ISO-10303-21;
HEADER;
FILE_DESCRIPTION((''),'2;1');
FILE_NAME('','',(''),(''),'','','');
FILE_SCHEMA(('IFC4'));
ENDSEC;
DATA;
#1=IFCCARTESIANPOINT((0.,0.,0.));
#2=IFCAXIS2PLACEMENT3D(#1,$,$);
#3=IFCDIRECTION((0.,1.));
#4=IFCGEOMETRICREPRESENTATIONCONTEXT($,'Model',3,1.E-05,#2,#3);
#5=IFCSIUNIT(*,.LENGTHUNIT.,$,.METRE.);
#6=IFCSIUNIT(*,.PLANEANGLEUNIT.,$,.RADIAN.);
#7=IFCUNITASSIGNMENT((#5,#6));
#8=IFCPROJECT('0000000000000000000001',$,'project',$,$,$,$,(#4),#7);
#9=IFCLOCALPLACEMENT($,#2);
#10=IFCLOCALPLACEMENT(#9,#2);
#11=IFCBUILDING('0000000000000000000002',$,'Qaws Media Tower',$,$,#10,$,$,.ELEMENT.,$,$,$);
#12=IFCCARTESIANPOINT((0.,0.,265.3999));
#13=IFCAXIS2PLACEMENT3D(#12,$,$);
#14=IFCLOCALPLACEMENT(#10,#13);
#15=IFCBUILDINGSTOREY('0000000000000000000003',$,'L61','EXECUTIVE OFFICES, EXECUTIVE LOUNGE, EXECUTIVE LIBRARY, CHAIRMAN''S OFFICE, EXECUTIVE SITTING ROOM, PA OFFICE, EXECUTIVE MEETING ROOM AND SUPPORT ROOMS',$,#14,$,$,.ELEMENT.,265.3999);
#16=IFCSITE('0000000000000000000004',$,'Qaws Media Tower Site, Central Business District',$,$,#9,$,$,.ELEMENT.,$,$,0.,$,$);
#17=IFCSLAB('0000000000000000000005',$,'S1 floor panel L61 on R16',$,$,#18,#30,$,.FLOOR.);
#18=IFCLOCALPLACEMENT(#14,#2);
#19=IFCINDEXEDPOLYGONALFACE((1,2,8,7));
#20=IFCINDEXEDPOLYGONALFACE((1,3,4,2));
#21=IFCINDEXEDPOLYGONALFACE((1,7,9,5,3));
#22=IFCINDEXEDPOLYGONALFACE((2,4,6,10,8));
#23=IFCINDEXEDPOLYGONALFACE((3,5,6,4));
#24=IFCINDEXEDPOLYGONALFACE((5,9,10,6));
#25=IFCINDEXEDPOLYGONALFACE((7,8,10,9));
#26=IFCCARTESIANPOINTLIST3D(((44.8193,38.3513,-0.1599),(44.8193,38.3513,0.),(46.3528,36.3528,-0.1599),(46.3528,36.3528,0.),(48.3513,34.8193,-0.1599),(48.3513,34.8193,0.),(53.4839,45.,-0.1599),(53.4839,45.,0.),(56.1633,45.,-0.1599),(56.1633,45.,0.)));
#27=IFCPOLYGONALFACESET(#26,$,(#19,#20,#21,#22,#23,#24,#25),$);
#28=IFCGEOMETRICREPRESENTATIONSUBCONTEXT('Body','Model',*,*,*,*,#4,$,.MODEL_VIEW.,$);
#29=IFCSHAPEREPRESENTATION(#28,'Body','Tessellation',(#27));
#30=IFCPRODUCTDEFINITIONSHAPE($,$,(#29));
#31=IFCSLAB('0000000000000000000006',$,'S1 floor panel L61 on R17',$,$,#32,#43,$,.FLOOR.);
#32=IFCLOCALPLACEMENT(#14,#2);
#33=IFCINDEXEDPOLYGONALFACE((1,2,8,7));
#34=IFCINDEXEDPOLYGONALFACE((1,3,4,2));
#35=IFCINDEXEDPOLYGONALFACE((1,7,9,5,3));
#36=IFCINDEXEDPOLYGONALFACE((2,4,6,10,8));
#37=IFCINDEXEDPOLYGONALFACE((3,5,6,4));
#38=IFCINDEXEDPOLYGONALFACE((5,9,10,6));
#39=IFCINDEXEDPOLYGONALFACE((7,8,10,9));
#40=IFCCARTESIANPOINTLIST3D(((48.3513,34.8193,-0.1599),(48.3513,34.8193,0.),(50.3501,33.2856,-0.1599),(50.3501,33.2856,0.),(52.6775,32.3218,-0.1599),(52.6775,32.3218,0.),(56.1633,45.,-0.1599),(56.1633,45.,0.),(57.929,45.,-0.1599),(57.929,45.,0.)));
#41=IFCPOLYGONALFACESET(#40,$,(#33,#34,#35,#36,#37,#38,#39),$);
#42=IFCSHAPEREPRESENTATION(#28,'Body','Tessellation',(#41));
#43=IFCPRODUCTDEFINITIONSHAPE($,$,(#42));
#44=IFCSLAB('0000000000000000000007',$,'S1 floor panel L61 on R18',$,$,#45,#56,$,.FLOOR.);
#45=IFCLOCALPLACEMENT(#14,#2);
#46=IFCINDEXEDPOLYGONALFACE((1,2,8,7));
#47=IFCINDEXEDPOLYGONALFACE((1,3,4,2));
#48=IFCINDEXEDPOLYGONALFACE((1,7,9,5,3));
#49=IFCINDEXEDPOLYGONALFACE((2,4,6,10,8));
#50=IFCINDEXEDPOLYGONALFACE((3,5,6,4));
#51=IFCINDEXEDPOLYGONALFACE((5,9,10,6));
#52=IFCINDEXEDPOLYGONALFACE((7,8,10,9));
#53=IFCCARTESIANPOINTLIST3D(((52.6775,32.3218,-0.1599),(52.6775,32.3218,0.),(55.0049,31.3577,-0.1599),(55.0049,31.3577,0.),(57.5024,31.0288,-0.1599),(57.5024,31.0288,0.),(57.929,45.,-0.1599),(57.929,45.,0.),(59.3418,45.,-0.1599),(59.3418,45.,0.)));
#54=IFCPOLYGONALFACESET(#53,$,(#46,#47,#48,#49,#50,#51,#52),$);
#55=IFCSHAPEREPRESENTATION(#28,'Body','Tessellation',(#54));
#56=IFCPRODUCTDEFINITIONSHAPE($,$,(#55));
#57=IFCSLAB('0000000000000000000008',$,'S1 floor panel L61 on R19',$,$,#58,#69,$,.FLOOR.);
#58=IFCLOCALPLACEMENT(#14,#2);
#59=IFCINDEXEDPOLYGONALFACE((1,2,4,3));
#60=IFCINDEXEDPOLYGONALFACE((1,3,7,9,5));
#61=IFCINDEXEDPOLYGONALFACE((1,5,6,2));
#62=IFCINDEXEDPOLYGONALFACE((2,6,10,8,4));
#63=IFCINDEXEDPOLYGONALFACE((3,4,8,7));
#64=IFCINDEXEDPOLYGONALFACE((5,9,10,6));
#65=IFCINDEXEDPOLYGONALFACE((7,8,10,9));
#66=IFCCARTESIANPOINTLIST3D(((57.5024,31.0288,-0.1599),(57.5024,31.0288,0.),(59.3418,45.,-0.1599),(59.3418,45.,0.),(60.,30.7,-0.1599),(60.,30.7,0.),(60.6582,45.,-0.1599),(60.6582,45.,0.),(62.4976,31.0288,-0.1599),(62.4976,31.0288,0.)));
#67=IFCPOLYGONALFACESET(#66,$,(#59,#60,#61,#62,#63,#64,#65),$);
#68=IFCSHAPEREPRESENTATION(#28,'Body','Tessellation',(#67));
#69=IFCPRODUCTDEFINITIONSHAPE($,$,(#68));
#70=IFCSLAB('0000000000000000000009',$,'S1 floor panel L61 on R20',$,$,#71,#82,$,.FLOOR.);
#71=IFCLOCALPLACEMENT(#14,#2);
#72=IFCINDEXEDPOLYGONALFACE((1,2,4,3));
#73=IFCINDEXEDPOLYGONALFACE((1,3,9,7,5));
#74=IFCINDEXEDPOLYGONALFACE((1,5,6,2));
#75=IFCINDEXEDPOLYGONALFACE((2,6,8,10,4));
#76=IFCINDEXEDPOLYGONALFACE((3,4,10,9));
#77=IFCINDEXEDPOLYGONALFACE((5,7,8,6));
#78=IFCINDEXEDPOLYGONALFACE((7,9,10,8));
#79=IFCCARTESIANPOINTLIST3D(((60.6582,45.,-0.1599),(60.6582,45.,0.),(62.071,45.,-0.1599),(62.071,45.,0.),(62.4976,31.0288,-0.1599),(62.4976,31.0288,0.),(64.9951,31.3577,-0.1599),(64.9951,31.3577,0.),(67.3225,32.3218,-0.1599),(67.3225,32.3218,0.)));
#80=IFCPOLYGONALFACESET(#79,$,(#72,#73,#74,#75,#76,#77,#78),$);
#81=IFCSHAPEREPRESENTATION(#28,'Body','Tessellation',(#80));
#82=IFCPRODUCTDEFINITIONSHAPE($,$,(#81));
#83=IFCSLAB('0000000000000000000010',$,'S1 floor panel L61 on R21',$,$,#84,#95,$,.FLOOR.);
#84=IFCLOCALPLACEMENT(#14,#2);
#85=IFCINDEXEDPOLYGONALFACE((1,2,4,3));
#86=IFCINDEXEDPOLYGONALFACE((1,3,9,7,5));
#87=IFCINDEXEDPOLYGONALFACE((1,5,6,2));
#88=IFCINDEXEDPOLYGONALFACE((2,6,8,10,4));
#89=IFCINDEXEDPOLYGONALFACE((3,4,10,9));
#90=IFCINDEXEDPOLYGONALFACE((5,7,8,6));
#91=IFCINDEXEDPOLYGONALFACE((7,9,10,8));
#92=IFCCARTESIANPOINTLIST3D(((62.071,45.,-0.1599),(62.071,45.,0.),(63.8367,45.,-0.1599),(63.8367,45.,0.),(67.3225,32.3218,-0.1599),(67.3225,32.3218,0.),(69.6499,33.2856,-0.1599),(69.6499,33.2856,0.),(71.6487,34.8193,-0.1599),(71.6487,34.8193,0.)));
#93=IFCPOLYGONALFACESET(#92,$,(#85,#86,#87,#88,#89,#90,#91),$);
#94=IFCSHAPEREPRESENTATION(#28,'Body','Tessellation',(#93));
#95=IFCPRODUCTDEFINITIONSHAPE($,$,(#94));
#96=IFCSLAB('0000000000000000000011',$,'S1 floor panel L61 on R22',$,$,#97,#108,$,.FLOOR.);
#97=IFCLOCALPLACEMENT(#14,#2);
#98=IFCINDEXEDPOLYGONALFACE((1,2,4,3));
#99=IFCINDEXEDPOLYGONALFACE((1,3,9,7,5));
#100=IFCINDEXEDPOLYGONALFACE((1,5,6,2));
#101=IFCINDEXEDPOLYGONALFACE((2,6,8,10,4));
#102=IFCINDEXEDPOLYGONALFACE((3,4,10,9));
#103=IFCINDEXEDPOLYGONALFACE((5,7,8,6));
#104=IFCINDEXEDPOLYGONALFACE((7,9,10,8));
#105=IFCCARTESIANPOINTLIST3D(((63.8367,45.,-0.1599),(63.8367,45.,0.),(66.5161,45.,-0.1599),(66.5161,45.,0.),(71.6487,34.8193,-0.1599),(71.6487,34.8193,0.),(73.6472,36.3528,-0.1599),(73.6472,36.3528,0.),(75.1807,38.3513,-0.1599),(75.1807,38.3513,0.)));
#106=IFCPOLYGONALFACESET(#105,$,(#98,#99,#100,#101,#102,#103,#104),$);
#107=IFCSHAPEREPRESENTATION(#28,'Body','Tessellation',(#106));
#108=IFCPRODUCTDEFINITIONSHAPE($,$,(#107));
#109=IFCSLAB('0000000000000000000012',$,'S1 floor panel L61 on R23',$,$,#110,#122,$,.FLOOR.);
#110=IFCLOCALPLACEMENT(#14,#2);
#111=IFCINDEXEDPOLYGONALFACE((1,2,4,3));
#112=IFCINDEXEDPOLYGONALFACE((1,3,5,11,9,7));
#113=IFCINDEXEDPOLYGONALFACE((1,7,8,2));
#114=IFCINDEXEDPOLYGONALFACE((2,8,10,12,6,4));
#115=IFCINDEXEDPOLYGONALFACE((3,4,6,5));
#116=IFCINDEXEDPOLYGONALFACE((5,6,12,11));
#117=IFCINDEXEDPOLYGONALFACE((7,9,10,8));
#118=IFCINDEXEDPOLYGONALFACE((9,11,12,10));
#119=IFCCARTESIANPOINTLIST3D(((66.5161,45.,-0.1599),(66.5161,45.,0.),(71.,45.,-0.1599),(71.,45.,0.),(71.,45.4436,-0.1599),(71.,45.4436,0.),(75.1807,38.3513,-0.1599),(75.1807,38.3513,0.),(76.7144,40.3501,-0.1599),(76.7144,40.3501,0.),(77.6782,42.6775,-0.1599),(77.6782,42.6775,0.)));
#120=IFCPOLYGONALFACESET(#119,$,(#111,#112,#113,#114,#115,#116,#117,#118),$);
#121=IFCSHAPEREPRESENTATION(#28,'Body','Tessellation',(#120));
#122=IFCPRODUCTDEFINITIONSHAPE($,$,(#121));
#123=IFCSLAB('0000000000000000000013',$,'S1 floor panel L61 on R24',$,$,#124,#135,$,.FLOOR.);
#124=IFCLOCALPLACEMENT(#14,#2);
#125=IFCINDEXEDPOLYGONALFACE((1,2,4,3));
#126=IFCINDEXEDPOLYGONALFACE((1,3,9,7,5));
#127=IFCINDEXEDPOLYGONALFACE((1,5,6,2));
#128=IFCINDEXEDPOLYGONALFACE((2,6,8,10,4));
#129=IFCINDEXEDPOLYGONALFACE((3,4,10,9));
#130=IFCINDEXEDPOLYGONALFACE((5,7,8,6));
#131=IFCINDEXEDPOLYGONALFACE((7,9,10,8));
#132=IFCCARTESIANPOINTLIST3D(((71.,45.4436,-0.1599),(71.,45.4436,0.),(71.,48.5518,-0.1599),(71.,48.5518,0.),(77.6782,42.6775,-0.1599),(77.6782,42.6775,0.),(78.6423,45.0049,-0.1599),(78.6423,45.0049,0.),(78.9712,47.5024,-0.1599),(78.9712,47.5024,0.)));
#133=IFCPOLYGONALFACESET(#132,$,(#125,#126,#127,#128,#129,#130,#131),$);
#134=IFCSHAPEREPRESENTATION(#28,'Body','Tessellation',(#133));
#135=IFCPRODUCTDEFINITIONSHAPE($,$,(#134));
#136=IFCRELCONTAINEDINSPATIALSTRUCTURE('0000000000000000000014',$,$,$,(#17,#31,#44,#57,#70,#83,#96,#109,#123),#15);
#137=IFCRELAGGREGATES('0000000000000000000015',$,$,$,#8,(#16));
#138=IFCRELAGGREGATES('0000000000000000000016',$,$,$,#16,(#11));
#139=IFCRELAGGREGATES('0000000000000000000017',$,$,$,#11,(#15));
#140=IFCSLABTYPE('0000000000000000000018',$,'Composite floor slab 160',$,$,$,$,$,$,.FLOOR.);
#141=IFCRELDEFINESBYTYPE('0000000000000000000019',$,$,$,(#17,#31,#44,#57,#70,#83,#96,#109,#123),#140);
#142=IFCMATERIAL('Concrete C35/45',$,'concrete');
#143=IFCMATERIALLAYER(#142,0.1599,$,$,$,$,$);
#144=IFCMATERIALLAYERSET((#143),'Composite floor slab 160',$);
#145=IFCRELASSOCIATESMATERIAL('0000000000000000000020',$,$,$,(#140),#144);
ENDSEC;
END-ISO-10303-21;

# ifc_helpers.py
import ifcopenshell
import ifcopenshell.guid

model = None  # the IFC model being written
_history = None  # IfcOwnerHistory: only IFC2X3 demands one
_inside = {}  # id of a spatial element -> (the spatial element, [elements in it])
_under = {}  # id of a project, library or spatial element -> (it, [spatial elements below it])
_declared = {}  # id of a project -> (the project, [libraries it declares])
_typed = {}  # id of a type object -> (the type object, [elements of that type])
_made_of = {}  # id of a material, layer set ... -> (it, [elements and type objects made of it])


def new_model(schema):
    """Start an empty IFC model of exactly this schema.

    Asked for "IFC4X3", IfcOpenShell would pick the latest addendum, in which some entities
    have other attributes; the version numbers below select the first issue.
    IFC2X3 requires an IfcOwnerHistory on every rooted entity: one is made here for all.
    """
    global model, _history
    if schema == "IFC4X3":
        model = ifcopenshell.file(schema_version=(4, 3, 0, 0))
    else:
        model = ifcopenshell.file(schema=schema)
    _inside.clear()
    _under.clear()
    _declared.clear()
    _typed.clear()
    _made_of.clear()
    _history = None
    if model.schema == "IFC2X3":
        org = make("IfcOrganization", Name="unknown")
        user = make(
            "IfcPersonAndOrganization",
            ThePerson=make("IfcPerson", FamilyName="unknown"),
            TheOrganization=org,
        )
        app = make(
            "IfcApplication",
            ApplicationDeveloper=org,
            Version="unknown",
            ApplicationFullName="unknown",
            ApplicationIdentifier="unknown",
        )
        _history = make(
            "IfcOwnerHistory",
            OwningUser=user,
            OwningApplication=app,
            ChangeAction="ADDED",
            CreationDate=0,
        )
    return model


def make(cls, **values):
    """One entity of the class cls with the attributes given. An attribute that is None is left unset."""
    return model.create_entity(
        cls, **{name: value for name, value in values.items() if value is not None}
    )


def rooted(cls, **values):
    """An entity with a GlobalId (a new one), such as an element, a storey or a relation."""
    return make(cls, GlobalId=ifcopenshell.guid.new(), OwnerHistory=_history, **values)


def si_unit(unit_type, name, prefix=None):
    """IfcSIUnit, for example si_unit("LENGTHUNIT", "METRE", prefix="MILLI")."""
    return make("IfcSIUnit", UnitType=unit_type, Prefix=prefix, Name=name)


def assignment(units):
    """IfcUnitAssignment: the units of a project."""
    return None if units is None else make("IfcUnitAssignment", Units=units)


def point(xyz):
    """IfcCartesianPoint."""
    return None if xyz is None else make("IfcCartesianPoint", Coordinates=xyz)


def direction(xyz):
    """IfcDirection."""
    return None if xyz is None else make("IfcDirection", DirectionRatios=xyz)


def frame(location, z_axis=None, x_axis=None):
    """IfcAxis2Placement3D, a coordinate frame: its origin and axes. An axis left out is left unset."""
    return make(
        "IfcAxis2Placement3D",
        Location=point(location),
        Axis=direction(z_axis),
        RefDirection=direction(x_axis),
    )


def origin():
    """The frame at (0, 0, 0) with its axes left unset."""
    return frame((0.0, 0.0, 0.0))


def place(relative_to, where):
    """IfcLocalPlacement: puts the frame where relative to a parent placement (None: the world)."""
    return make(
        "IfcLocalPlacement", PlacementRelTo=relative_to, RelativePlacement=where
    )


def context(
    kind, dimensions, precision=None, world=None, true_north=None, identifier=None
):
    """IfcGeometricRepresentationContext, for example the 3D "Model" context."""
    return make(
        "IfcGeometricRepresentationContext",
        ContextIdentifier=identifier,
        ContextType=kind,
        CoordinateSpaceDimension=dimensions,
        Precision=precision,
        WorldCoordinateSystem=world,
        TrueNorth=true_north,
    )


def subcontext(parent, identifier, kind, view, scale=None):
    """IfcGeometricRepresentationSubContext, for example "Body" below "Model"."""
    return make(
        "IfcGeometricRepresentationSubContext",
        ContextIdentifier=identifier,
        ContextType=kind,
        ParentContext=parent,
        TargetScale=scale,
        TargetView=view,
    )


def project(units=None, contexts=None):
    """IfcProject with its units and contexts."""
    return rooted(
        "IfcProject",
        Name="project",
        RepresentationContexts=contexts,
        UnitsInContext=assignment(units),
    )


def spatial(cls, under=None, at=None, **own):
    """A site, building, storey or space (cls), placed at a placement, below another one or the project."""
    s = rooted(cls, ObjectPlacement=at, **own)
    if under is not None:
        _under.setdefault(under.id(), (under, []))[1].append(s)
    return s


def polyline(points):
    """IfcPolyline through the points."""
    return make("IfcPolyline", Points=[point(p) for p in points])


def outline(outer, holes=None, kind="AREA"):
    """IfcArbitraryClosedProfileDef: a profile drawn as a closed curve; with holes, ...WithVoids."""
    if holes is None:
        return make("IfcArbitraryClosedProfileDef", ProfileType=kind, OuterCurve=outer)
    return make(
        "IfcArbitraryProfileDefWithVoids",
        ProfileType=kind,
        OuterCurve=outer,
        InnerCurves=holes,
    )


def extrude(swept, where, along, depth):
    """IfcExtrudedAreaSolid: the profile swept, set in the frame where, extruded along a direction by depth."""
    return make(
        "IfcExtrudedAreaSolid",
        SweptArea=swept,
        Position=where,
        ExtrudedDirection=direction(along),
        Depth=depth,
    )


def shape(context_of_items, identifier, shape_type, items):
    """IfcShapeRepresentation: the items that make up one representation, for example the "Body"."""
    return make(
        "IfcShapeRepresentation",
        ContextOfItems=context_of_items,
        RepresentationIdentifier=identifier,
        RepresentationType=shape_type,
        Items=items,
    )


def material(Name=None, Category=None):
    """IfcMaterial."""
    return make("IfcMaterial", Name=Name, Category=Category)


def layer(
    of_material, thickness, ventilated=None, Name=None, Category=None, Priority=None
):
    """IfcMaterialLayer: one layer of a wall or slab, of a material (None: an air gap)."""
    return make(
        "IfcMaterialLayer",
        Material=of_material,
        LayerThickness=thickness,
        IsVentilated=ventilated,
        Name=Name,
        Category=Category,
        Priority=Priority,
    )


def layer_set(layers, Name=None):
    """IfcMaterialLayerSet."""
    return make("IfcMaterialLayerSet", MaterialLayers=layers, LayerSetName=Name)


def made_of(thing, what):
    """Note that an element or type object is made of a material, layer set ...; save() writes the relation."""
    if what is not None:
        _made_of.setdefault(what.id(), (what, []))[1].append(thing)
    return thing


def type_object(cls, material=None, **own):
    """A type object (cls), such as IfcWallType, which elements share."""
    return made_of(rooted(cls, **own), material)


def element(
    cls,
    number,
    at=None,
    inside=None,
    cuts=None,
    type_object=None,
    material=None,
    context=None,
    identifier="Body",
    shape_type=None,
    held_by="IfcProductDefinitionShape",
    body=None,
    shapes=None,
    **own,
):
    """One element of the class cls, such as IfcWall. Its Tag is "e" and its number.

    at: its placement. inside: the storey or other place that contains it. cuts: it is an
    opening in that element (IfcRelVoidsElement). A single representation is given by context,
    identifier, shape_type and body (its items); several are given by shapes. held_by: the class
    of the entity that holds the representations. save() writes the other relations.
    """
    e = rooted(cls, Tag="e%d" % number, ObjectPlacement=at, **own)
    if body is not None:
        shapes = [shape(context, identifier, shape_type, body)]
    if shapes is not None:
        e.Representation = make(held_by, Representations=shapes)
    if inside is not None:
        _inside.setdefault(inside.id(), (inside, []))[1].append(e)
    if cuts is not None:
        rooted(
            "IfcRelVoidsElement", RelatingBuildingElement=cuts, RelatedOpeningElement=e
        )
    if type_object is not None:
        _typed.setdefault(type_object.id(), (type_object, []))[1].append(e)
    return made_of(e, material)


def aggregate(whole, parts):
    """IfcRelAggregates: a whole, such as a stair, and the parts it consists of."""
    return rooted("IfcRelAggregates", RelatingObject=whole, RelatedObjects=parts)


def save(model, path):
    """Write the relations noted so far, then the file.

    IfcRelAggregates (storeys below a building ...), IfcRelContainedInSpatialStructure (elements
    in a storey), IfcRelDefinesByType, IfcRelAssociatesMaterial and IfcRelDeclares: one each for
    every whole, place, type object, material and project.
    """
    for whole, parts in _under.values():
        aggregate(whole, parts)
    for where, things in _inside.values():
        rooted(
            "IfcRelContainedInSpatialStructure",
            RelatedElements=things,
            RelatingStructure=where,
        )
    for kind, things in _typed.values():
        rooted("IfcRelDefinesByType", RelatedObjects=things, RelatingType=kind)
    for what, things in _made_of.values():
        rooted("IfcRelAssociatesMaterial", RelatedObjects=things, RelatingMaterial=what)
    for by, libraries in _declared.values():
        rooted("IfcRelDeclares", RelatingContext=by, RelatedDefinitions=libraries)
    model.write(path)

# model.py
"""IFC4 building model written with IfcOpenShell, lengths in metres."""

from ifc_helpers import new_model, si_unit, direction, frame, origin, place, context, subcontext, project, spatial, polyline, outline, extrude, material, layer, layer_set, type_object, element, save


model = new_model("IFC4")

# Units and contexts
model_context = context("Model", 3, precision=1e-05, world=origin(), true_north=direction((0.0, 1.0)))
body_context = subcontext(model_context, "Body", "Model", "MODEL_VIEW")
ifc_project = project(units=[si_unit("LENGTHUNIT", "METRE"), si_unit("PLANEANGLEUNIT", "RADIAN")], contexts=[model_context])

# Site, building, storey
site_placement = place(None, origin())
site = spatial("IfcSite", under=ifc_project, at=site_placement, Name="Qaws Media Tower Site, Central Business District", CompositionType="ELEMENT", RefElevation=0.0)
building_placement = place(site_placement, origin())
building = spatial("IfcBuilding", under=site, at=building_placement, Name="Qaws Media Tower", CompositionType="ELEMENT")
storey_placement = place(building_placement, frame((0.0, 0.0, 265.3999)))
storey = spatial("IfcBuildingStorey", under=building, at=storey_placement, Name="L61", Description="EXECUTIVE OFFICES, EXECUTIVE LOUNGE, EXECUTIVE LIBRARY, CHAIRMAN'S OFFICE, EXECUTIVE SITTING ROOM, PA OFFICE, EXECUTIVE MEETING ROOM AND SUPPORT ROOMS", CompositionType="ELEMENT", Elevation=265.3999)

# Slabs
ifc_material_1 = material(Name="Concrete C35/45", Category="concrete")
ifc_layer_1 = layer(ifc_material_1, 0.1599)
ifc_layer_set_1 = layer_set([ifc_layer_1], Name="Composite floor slab 160")
slab_type_1 = type_object("IfcSlabType", Name="Composite floor slab 160", PredefinedType="FLOOR", material=ifc_layer_set_1)
slab_1_placement = place(storey_placement, frame((0.0, 0.0, -0.1599)))
element("IfcSlab", 1, at=slab_1_placement, inside=storey, type_object=slab_type_1, Name="S1 floor panel L61 on R16", PredefinedType="FLOOR", context=body_context, shape_type="SweptSolid", body=[
    extrude(outline(polyline([(46.3528, 36.3528), (44.8193, 38.3513), (53.4839, 45.0), (56.1633, 45.0), (48.3513, 34.8193), (46.3528, 36.3528)])), origin(), (0.0, 0.0, 1.0), 0.1599),
])
slab_2_placement = place(storey_placement, frame((0.0, 0.0, -0.1599)))
element("IfcSlab", 2, at=slab_2_placement, inside=storey, type_object=slab_type_1, Name="S1 floor panel L61 on R17", PredefinedType="FLOOR", context=body_context, shape_type="SweptSolid", body=[
    extrude(outline(polyline([(50.3501, 33.2856), (48.3513, 34.8193), (56.1633, 45.0), (57.929, 45.0), (52.6775, 32.3218), (50.3501, 33.2856)])), origin(), (0.0, 0.0, 1.0), 0.1599),
])
slab_3_placement = place(storey_placement, frame((0.0, 0.0, -0.1599)))
element("IfcSlab", 3, at=slab_3_placement, inside=storey, type_object=slab_type_1, Name="S1 floor panel L61 on R18", PredefinedType="FLOOR", context=body_context, shape_type="SweptSolid", body=[
    extrude(outline(polyline([(55.0049, 31.3577), (52.6775, 32.3218), (57.929, 45.0), (59.3418, 45.0), (57.5024, 31.0288), (55.0049, 31.3577)])), origin(), (0.0, 0.0, 1.0), 0.1599),
])
slab_4_placement = place(storey_placement, frame((0.0, 0.0, -0.1599)))
element("IfcSlab", 4, at=slab_4_placement, inside=storey, type_object=slab_type_1, Name="S1 floor panel L61 on R19", PredefinedType="FLOOR", context=body_context, shape_type="SweptSolid", body=[
    extrude(outline(polyline([(60.0, 30.7), (57.5024, 31.0288), (59.3418, 45.0), (60.6582, 45.0), (62.4976, 31.0288), (60.0, 30.7)])), origin(), (0.0, 0.0, 1.0), 0.1599),
])
slab_5_placement = place(storey_placement, frame((0.0, 0.0, -0.1599)))
element("IfcSlab", 5, at=slab_5_placement, inside=storey, type_object=slab_type_1, Name="S1 floor panel L61 on R20", PredefinedType="FLOOR", context=body_context, shape_type="SweptSolid", body=[
    extrude(outline(polyline([(64.9951, 31.3577), (62.4976, 31.0288), (60.6582, 45.0), (62.071, 45.0), (67.3225, 32.3218), (64.9951, 31.3577)])), origin(), (0.0, 0.0, 1.0), 0.1599),
])
slab_6_placement = place(storey_placement, frame((0.0, 0.0, -0.1599)))
element("IfcSlab", 6, at=slab_6_placement, inside=storey, type_object=slab_type_1, Name="S1 floor panel L61 on R21", PredefinedType="FLOOR", context=body_context, shape_type="SweptSolid", body=[
    extrude(outline(polyline([(69.6499, 33.2856), (67.3225, 32.3218), (62.071, 45.0), (63.8367, 45.0), (71.6487, 34.8193), (69.6499, 33.2856)])), origin(), (0.0, 0.0, 1.0), 0.1599),
])
slab_7_placement = place(storey_placement, frame((0.0, 0.0, -0.1599)))
element("IfcSlab", 7, at=slab_7_placement, inside=storey, type_object=slab_type_1, Name="S1 floor panel L61 on R22", PredefinedType="FLOOR", context=body_context, shape_type="SweptSolid", body=[
    extrude(outline(polyline([(73.6472, 36.3528), (71.6487, 34.8193), (63.8367, 45.0), (66.5161, 45.0), (75.1807, 38.3513), (73.6472, 36.3528)])), origin(), (0.0, 0.0, 1.0), 0.1599),
])
slab_8_placement = place(storey_placement, frame((0.0, 0.0, -0.1599)))
element("IfcSlab", 8, at=slab_8_placement, inside=storey, type_object=slab_type_1, Name="S1 floor panel L61 on R23", PredefinedType="FLOOR", context=body_context, shape_type="SweptSolid", body=[
    extrude(outline(polyline([(76.7144, 40.3501), (75.1807, 38.3513), (66.5161, 45.0), (71.0, 45.0), (71.0, 45.4436), (77.6782, 42.6775), (76.7144, 40.3501)])), origin(), (0.0, 0.0, 1.0), 0.1599),
])
slab_9_placement = place(storey_placement, frame((0.0, 0.0, -0.1599)))
element("IfcSlab", 9, at=slab_9_placement, inside=storey, type_object=slab_type_1, Name="S1 floor panel L61 on R24", PredefinedType="FLOOR", context=body_context, shape_type="SweptSolid", body=[
    extrude(outline(polyline([(77.6782, 42.6775), (71.0, 45.4436), (71.0, 48.5518), (78.9712, 47.5024), (78.6423, 45.0049), (77.6782, 42.6775)])), origin(), (0.0, 0.0, 1.0), 0.1599),
])

save(model, "model.ifc")
